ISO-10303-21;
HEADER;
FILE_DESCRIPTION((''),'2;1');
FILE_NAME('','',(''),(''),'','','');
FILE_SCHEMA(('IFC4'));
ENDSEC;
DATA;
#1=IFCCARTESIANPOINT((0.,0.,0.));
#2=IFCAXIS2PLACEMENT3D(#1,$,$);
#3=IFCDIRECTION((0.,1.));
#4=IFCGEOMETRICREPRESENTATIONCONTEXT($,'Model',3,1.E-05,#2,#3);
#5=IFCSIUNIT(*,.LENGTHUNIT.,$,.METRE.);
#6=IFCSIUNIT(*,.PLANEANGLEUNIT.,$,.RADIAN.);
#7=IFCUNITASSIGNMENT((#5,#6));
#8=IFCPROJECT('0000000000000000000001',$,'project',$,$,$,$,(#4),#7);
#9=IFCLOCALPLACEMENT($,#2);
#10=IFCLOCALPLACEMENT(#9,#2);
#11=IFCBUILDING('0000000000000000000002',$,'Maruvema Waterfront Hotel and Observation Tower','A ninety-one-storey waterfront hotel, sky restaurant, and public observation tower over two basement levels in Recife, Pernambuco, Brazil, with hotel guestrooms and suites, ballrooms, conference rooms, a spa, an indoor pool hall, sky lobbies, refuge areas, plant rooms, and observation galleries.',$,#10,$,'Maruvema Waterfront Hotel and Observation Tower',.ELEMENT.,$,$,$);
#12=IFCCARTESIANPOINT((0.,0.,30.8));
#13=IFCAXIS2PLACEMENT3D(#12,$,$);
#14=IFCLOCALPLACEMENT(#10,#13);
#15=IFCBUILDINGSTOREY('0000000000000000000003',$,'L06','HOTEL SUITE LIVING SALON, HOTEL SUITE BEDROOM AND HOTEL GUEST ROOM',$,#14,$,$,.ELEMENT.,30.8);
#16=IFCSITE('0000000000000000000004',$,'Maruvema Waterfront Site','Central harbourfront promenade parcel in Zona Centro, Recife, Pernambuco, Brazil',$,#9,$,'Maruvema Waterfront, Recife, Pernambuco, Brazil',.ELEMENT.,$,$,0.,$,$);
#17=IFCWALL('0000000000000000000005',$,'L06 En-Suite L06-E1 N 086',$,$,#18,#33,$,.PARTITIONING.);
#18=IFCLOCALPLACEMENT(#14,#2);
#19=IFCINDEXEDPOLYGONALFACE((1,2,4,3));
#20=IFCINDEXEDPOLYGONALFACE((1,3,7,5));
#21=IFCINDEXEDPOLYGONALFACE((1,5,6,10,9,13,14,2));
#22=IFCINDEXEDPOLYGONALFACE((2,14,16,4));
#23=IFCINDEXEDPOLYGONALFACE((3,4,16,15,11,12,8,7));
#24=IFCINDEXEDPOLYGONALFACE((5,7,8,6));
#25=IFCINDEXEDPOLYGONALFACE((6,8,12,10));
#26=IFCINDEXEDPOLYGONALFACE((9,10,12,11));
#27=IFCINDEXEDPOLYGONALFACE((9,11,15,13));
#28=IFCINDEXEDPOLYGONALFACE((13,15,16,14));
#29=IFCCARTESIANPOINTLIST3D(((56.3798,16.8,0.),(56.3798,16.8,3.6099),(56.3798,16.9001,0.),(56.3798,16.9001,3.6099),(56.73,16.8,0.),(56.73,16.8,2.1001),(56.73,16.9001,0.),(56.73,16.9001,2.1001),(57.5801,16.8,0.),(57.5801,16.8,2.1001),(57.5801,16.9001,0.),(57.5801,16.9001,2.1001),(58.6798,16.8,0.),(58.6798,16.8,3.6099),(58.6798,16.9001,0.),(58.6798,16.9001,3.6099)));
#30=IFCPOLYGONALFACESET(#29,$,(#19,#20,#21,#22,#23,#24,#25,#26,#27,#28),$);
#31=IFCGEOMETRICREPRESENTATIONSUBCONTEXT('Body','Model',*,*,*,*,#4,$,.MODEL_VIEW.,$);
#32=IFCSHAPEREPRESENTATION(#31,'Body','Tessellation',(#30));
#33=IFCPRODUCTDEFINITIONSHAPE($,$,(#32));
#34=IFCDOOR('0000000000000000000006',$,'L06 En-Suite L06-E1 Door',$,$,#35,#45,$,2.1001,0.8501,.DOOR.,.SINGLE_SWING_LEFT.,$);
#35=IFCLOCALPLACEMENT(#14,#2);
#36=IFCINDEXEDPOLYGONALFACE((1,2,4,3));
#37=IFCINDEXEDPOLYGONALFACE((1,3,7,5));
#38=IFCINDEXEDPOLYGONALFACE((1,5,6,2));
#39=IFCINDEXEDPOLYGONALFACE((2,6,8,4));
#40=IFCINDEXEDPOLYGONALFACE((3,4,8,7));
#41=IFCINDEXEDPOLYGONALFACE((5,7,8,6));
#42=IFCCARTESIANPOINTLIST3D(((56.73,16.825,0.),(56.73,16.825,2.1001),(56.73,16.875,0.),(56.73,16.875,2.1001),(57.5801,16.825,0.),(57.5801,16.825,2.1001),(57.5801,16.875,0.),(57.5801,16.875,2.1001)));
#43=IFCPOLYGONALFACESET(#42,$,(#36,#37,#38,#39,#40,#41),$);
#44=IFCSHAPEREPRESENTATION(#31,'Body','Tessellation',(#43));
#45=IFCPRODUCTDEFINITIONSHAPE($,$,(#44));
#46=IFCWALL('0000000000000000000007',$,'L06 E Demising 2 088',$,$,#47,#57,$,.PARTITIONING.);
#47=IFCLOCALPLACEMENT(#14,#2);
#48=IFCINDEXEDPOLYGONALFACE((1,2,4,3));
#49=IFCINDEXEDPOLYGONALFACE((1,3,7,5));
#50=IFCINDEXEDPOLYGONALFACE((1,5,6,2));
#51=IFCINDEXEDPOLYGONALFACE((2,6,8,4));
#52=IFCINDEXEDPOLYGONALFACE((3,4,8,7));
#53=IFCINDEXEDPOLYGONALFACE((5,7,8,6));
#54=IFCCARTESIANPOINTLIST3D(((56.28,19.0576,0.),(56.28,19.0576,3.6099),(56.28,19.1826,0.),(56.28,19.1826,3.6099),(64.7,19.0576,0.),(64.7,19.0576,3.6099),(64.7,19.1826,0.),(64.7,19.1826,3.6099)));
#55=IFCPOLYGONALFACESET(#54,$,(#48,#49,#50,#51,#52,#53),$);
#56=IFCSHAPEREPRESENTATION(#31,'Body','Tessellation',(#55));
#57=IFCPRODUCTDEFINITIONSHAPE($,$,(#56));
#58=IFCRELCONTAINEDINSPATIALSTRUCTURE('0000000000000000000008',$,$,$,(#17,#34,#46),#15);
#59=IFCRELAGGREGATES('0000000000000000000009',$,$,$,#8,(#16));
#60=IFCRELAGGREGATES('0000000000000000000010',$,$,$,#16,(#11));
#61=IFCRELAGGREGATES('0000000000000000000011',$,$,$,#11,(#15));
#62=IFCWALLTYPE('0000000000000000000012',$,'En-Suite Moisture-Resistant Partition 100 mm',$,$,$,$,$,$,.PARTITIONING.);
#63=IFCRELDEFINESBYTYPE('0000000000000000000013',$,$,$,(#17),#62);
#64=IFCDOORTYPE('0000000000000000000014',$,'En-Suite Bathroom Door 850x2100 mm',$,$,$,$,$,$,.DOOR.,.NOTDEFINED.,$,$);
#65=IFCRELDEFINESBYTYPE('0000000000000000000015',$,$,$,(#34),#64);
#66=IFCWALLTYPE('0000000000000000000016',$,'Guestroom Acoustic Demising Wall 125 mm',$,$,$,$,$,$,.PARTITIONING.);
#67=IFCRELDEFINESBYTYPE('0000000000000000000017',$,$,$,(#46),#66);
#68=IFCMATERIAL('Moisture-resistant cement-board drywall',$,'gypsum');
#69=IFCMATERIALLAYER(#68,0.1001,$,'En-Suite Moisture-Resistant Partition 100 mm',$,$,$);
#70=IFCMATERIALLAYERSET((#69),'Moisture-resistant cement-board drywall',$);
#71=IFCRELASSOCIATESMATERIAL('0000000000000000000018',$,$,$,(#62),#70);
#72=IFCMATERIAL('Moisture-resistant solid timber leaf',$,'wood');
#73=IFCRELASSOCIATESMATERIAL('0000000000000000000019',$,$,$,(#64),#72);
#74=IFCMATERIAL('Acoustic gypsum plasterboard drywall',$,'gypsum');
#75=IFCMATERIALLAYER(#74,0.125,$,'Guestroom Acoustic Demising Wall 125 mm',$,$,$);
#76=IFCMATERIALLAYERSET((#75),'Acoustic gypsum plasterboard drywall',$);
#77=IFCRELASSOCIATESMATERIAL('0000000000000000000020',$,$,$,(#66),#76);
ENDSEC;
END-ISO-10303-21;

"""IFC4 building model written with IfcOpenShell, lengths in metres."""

from ifc_helpers import new_model, si_unit, direction, frame, frame_2d, origin, place, context, subcontext, project, spatial, rectangle, extrude, material, layer, layer_set, type_object, element, fill, save


model = new_model("IFC4")

# Units and contexts
model_context = context("Model", 3, precision=1e-05, world=origin(), true_north=direction((0.0, 1.0)))
body_context = subcontext(model_context, "Body", "Model", "MODEL_VIEW")
ifc_project = project(units=[si_unit("LENGTHUNIT", "METRE"), si_unit("PLANEANGLEUNIT", "RADIAN")], contexts=[model_context])

# Site, building, storey
site_placement = place(None, origin())
site = spatial("IfcSite", under=ifc_project, at=site_placement, Name="Maruvema Waterfront Site", Description="Central harbourfront promenade parcel in Zona Centro, Recife, Pernambuco, Brazil", LongName="Maruvema Waterfront, Recife, Pernambuco, Brazil", CompositionType="ELEMENT", RefElevation=0.0)
building_placement = place(site_placement, origin())
building = spatial("IfcBuilding", under=site, at=building_placement, Name="Maruvema Waterfront Hotel and Observation Tower", Description="A ninety-one-storey waterfront hotel, sky restaurant, and public observation tower over two basement levels in Recife, Pernambuco, Brazil, with hotel guestrooms and suites, ballrooms, conference rooms, a spa, an indoor pool hall, sky lobbies, refuge areas, plant rooms, and observation galleries.", LongName="Maruvema Waterfront Hotel and Observation Tower", CompositionType="ELEMENT")
storey_placement = place(building_placement, frame((0.0, 0.0, 30.8)))
storey = spatial("IfcBuildingStorey", under=building, at=storey_placement, Name="L06", Description="HOTEL SUITE LIVING SALON, HOTEL SUITE BEDROOM AND HOTEL GUEST ROOM", CompositionType="ELEMENT", Elevation=30.8)

# Shared definitions
ifc_material_1 = material(Name="Moisture-resistant cement-board drywall", Category="gypsum")
ifc_layer_1 = layer(ifc_material_1, 0.1001, Name="En-Suite Moisture-Resistant Partition 100 mm")
ifc_layer_set_1 = layer_set([ifc_layer_1], Name="Moisture-resistant cement-board drywall")
wall_type_1 = type_object("IfcWallType", Name="En-Suite Moisture-Resistant Partition 100 mm", PredefinedType="PARTITIONING", material=ifc_layer_set_1)

# Wall, opening, door
wall_1_placement = place(storey_placement, frame((56.3799, 16.8501, 0.0), z_axis=(0.0, 0.0, 1.0), x_axis=(1.0, 0.0, 0.0)))
wall_1 = element("IfcWall", 1, at=wall_1_placement, inside=storey, type_object=wall_type_1, Name="L06 En-Suite L06-E1 N 086", PredefinedType="PARTITIONING", context=body_context, shape_type="SweptSolid", body=[
    extrude(rectangle(XDim=2.3, YDim=0.1001, at=frame_2d((1.1499, 0.0))), origin(), (0.0, 0.0, 1.0), 3.6099),
])
opening_1_placement = place(wall_1_placement, frame((0.3501, 0.0, 0.0)))
opening_1 = element("IfcOpeningElement", 2, at=opening_1_placement, cuts=wall_1, PredefinedType="OPENING", context=body_context, shape_type="SweptSolid", body=[
    extrude(rectangle(XDim=0.8501, YDim=2.1001, at=frame_2d((0.425, 1.05))), frame((0.0, 0.0601, 0.0), z_axis=(0.0, -1.0, 0.0), x_axis=(1.0, 0.0, 0.0)), (0.0, 0.0, 1.0), 0.1201),
])
ifc_material_2 = material(Name="Moisture-resistant solid timber leaf", Category="wood")
door_type_1 = type_object("IfcDoorType", Name="En-Suite Bathroom Door 850x2100 mm", OperationType="NOTDEFINED", PredefinedType="DOOR", material=ifc_material_2)
door_1_placement = place(opening_1_placement, origin())
door_1 = element("IfcDoor", 3, at=door_1_placement, inside=storey, type_object=door_type_1, Name="L06 En-Suite L06-E1 Door", OperationType="SINGLE_SWING_LEFT", OverallHeight=2.1001, OverallWidth=0.8501, PredefinedType="DOOR", context=body_context, shape_type="SweptSolid", body=[
    extrude(rectangle(XDim=0.8501, YDim=2.1001, at=frame_2d((0.425, 1.05))), frame((0.0, 0.0249, 0.0), z_axis=(0.0, -1.0, 0.0), x_axis=(1.0, 0.0, 0.0)), (0.0, 0.0, 1.0), 0.05),
])
fill(opening_1, door_1)

# Wall
ifc_material_3 = material(Name="Acoustic gypsum plasterboard drywall", Category="gypsum")
ifc_layer_2 = layer(ifc_material_3, 0.125, Name="Guestroom Acoustic Demising Wall 125 mm")
ifc_layer_set_2 = layer_set([ifc_layer_2], Name="Acoustic gypsum plasterboard drywall")
wall_type_2 = type_object("IfcWallType", Name="Guestroom Acoustic Demising Wall 125 mm", PredefinedType="PARTITIONING", material=ifc_layer_set_2)
wall_2_placement = place(storey_placement, frame((56.28, 19.1201, 0.0), z_axis=(0.0, 0.0, 1.0), x_axis=(1.0, 0.0, 0.0)))
element("IfcWall", 4, at=wall_2_placement, inside=storey, type_object=wall_type_2, Name="L06 E Demising 2 088", PredefinedType="PARTITIONING", context=body_context, shape_type="SweptSolid", body=[
    extrude(rectangle(XDim=8.4199, YDim=0.125, at=frame_2d((4.21, 0.0))), origin(), (0.0, 0.0, 1.0), 3.6099),
])

save(model, "model.ifc")
